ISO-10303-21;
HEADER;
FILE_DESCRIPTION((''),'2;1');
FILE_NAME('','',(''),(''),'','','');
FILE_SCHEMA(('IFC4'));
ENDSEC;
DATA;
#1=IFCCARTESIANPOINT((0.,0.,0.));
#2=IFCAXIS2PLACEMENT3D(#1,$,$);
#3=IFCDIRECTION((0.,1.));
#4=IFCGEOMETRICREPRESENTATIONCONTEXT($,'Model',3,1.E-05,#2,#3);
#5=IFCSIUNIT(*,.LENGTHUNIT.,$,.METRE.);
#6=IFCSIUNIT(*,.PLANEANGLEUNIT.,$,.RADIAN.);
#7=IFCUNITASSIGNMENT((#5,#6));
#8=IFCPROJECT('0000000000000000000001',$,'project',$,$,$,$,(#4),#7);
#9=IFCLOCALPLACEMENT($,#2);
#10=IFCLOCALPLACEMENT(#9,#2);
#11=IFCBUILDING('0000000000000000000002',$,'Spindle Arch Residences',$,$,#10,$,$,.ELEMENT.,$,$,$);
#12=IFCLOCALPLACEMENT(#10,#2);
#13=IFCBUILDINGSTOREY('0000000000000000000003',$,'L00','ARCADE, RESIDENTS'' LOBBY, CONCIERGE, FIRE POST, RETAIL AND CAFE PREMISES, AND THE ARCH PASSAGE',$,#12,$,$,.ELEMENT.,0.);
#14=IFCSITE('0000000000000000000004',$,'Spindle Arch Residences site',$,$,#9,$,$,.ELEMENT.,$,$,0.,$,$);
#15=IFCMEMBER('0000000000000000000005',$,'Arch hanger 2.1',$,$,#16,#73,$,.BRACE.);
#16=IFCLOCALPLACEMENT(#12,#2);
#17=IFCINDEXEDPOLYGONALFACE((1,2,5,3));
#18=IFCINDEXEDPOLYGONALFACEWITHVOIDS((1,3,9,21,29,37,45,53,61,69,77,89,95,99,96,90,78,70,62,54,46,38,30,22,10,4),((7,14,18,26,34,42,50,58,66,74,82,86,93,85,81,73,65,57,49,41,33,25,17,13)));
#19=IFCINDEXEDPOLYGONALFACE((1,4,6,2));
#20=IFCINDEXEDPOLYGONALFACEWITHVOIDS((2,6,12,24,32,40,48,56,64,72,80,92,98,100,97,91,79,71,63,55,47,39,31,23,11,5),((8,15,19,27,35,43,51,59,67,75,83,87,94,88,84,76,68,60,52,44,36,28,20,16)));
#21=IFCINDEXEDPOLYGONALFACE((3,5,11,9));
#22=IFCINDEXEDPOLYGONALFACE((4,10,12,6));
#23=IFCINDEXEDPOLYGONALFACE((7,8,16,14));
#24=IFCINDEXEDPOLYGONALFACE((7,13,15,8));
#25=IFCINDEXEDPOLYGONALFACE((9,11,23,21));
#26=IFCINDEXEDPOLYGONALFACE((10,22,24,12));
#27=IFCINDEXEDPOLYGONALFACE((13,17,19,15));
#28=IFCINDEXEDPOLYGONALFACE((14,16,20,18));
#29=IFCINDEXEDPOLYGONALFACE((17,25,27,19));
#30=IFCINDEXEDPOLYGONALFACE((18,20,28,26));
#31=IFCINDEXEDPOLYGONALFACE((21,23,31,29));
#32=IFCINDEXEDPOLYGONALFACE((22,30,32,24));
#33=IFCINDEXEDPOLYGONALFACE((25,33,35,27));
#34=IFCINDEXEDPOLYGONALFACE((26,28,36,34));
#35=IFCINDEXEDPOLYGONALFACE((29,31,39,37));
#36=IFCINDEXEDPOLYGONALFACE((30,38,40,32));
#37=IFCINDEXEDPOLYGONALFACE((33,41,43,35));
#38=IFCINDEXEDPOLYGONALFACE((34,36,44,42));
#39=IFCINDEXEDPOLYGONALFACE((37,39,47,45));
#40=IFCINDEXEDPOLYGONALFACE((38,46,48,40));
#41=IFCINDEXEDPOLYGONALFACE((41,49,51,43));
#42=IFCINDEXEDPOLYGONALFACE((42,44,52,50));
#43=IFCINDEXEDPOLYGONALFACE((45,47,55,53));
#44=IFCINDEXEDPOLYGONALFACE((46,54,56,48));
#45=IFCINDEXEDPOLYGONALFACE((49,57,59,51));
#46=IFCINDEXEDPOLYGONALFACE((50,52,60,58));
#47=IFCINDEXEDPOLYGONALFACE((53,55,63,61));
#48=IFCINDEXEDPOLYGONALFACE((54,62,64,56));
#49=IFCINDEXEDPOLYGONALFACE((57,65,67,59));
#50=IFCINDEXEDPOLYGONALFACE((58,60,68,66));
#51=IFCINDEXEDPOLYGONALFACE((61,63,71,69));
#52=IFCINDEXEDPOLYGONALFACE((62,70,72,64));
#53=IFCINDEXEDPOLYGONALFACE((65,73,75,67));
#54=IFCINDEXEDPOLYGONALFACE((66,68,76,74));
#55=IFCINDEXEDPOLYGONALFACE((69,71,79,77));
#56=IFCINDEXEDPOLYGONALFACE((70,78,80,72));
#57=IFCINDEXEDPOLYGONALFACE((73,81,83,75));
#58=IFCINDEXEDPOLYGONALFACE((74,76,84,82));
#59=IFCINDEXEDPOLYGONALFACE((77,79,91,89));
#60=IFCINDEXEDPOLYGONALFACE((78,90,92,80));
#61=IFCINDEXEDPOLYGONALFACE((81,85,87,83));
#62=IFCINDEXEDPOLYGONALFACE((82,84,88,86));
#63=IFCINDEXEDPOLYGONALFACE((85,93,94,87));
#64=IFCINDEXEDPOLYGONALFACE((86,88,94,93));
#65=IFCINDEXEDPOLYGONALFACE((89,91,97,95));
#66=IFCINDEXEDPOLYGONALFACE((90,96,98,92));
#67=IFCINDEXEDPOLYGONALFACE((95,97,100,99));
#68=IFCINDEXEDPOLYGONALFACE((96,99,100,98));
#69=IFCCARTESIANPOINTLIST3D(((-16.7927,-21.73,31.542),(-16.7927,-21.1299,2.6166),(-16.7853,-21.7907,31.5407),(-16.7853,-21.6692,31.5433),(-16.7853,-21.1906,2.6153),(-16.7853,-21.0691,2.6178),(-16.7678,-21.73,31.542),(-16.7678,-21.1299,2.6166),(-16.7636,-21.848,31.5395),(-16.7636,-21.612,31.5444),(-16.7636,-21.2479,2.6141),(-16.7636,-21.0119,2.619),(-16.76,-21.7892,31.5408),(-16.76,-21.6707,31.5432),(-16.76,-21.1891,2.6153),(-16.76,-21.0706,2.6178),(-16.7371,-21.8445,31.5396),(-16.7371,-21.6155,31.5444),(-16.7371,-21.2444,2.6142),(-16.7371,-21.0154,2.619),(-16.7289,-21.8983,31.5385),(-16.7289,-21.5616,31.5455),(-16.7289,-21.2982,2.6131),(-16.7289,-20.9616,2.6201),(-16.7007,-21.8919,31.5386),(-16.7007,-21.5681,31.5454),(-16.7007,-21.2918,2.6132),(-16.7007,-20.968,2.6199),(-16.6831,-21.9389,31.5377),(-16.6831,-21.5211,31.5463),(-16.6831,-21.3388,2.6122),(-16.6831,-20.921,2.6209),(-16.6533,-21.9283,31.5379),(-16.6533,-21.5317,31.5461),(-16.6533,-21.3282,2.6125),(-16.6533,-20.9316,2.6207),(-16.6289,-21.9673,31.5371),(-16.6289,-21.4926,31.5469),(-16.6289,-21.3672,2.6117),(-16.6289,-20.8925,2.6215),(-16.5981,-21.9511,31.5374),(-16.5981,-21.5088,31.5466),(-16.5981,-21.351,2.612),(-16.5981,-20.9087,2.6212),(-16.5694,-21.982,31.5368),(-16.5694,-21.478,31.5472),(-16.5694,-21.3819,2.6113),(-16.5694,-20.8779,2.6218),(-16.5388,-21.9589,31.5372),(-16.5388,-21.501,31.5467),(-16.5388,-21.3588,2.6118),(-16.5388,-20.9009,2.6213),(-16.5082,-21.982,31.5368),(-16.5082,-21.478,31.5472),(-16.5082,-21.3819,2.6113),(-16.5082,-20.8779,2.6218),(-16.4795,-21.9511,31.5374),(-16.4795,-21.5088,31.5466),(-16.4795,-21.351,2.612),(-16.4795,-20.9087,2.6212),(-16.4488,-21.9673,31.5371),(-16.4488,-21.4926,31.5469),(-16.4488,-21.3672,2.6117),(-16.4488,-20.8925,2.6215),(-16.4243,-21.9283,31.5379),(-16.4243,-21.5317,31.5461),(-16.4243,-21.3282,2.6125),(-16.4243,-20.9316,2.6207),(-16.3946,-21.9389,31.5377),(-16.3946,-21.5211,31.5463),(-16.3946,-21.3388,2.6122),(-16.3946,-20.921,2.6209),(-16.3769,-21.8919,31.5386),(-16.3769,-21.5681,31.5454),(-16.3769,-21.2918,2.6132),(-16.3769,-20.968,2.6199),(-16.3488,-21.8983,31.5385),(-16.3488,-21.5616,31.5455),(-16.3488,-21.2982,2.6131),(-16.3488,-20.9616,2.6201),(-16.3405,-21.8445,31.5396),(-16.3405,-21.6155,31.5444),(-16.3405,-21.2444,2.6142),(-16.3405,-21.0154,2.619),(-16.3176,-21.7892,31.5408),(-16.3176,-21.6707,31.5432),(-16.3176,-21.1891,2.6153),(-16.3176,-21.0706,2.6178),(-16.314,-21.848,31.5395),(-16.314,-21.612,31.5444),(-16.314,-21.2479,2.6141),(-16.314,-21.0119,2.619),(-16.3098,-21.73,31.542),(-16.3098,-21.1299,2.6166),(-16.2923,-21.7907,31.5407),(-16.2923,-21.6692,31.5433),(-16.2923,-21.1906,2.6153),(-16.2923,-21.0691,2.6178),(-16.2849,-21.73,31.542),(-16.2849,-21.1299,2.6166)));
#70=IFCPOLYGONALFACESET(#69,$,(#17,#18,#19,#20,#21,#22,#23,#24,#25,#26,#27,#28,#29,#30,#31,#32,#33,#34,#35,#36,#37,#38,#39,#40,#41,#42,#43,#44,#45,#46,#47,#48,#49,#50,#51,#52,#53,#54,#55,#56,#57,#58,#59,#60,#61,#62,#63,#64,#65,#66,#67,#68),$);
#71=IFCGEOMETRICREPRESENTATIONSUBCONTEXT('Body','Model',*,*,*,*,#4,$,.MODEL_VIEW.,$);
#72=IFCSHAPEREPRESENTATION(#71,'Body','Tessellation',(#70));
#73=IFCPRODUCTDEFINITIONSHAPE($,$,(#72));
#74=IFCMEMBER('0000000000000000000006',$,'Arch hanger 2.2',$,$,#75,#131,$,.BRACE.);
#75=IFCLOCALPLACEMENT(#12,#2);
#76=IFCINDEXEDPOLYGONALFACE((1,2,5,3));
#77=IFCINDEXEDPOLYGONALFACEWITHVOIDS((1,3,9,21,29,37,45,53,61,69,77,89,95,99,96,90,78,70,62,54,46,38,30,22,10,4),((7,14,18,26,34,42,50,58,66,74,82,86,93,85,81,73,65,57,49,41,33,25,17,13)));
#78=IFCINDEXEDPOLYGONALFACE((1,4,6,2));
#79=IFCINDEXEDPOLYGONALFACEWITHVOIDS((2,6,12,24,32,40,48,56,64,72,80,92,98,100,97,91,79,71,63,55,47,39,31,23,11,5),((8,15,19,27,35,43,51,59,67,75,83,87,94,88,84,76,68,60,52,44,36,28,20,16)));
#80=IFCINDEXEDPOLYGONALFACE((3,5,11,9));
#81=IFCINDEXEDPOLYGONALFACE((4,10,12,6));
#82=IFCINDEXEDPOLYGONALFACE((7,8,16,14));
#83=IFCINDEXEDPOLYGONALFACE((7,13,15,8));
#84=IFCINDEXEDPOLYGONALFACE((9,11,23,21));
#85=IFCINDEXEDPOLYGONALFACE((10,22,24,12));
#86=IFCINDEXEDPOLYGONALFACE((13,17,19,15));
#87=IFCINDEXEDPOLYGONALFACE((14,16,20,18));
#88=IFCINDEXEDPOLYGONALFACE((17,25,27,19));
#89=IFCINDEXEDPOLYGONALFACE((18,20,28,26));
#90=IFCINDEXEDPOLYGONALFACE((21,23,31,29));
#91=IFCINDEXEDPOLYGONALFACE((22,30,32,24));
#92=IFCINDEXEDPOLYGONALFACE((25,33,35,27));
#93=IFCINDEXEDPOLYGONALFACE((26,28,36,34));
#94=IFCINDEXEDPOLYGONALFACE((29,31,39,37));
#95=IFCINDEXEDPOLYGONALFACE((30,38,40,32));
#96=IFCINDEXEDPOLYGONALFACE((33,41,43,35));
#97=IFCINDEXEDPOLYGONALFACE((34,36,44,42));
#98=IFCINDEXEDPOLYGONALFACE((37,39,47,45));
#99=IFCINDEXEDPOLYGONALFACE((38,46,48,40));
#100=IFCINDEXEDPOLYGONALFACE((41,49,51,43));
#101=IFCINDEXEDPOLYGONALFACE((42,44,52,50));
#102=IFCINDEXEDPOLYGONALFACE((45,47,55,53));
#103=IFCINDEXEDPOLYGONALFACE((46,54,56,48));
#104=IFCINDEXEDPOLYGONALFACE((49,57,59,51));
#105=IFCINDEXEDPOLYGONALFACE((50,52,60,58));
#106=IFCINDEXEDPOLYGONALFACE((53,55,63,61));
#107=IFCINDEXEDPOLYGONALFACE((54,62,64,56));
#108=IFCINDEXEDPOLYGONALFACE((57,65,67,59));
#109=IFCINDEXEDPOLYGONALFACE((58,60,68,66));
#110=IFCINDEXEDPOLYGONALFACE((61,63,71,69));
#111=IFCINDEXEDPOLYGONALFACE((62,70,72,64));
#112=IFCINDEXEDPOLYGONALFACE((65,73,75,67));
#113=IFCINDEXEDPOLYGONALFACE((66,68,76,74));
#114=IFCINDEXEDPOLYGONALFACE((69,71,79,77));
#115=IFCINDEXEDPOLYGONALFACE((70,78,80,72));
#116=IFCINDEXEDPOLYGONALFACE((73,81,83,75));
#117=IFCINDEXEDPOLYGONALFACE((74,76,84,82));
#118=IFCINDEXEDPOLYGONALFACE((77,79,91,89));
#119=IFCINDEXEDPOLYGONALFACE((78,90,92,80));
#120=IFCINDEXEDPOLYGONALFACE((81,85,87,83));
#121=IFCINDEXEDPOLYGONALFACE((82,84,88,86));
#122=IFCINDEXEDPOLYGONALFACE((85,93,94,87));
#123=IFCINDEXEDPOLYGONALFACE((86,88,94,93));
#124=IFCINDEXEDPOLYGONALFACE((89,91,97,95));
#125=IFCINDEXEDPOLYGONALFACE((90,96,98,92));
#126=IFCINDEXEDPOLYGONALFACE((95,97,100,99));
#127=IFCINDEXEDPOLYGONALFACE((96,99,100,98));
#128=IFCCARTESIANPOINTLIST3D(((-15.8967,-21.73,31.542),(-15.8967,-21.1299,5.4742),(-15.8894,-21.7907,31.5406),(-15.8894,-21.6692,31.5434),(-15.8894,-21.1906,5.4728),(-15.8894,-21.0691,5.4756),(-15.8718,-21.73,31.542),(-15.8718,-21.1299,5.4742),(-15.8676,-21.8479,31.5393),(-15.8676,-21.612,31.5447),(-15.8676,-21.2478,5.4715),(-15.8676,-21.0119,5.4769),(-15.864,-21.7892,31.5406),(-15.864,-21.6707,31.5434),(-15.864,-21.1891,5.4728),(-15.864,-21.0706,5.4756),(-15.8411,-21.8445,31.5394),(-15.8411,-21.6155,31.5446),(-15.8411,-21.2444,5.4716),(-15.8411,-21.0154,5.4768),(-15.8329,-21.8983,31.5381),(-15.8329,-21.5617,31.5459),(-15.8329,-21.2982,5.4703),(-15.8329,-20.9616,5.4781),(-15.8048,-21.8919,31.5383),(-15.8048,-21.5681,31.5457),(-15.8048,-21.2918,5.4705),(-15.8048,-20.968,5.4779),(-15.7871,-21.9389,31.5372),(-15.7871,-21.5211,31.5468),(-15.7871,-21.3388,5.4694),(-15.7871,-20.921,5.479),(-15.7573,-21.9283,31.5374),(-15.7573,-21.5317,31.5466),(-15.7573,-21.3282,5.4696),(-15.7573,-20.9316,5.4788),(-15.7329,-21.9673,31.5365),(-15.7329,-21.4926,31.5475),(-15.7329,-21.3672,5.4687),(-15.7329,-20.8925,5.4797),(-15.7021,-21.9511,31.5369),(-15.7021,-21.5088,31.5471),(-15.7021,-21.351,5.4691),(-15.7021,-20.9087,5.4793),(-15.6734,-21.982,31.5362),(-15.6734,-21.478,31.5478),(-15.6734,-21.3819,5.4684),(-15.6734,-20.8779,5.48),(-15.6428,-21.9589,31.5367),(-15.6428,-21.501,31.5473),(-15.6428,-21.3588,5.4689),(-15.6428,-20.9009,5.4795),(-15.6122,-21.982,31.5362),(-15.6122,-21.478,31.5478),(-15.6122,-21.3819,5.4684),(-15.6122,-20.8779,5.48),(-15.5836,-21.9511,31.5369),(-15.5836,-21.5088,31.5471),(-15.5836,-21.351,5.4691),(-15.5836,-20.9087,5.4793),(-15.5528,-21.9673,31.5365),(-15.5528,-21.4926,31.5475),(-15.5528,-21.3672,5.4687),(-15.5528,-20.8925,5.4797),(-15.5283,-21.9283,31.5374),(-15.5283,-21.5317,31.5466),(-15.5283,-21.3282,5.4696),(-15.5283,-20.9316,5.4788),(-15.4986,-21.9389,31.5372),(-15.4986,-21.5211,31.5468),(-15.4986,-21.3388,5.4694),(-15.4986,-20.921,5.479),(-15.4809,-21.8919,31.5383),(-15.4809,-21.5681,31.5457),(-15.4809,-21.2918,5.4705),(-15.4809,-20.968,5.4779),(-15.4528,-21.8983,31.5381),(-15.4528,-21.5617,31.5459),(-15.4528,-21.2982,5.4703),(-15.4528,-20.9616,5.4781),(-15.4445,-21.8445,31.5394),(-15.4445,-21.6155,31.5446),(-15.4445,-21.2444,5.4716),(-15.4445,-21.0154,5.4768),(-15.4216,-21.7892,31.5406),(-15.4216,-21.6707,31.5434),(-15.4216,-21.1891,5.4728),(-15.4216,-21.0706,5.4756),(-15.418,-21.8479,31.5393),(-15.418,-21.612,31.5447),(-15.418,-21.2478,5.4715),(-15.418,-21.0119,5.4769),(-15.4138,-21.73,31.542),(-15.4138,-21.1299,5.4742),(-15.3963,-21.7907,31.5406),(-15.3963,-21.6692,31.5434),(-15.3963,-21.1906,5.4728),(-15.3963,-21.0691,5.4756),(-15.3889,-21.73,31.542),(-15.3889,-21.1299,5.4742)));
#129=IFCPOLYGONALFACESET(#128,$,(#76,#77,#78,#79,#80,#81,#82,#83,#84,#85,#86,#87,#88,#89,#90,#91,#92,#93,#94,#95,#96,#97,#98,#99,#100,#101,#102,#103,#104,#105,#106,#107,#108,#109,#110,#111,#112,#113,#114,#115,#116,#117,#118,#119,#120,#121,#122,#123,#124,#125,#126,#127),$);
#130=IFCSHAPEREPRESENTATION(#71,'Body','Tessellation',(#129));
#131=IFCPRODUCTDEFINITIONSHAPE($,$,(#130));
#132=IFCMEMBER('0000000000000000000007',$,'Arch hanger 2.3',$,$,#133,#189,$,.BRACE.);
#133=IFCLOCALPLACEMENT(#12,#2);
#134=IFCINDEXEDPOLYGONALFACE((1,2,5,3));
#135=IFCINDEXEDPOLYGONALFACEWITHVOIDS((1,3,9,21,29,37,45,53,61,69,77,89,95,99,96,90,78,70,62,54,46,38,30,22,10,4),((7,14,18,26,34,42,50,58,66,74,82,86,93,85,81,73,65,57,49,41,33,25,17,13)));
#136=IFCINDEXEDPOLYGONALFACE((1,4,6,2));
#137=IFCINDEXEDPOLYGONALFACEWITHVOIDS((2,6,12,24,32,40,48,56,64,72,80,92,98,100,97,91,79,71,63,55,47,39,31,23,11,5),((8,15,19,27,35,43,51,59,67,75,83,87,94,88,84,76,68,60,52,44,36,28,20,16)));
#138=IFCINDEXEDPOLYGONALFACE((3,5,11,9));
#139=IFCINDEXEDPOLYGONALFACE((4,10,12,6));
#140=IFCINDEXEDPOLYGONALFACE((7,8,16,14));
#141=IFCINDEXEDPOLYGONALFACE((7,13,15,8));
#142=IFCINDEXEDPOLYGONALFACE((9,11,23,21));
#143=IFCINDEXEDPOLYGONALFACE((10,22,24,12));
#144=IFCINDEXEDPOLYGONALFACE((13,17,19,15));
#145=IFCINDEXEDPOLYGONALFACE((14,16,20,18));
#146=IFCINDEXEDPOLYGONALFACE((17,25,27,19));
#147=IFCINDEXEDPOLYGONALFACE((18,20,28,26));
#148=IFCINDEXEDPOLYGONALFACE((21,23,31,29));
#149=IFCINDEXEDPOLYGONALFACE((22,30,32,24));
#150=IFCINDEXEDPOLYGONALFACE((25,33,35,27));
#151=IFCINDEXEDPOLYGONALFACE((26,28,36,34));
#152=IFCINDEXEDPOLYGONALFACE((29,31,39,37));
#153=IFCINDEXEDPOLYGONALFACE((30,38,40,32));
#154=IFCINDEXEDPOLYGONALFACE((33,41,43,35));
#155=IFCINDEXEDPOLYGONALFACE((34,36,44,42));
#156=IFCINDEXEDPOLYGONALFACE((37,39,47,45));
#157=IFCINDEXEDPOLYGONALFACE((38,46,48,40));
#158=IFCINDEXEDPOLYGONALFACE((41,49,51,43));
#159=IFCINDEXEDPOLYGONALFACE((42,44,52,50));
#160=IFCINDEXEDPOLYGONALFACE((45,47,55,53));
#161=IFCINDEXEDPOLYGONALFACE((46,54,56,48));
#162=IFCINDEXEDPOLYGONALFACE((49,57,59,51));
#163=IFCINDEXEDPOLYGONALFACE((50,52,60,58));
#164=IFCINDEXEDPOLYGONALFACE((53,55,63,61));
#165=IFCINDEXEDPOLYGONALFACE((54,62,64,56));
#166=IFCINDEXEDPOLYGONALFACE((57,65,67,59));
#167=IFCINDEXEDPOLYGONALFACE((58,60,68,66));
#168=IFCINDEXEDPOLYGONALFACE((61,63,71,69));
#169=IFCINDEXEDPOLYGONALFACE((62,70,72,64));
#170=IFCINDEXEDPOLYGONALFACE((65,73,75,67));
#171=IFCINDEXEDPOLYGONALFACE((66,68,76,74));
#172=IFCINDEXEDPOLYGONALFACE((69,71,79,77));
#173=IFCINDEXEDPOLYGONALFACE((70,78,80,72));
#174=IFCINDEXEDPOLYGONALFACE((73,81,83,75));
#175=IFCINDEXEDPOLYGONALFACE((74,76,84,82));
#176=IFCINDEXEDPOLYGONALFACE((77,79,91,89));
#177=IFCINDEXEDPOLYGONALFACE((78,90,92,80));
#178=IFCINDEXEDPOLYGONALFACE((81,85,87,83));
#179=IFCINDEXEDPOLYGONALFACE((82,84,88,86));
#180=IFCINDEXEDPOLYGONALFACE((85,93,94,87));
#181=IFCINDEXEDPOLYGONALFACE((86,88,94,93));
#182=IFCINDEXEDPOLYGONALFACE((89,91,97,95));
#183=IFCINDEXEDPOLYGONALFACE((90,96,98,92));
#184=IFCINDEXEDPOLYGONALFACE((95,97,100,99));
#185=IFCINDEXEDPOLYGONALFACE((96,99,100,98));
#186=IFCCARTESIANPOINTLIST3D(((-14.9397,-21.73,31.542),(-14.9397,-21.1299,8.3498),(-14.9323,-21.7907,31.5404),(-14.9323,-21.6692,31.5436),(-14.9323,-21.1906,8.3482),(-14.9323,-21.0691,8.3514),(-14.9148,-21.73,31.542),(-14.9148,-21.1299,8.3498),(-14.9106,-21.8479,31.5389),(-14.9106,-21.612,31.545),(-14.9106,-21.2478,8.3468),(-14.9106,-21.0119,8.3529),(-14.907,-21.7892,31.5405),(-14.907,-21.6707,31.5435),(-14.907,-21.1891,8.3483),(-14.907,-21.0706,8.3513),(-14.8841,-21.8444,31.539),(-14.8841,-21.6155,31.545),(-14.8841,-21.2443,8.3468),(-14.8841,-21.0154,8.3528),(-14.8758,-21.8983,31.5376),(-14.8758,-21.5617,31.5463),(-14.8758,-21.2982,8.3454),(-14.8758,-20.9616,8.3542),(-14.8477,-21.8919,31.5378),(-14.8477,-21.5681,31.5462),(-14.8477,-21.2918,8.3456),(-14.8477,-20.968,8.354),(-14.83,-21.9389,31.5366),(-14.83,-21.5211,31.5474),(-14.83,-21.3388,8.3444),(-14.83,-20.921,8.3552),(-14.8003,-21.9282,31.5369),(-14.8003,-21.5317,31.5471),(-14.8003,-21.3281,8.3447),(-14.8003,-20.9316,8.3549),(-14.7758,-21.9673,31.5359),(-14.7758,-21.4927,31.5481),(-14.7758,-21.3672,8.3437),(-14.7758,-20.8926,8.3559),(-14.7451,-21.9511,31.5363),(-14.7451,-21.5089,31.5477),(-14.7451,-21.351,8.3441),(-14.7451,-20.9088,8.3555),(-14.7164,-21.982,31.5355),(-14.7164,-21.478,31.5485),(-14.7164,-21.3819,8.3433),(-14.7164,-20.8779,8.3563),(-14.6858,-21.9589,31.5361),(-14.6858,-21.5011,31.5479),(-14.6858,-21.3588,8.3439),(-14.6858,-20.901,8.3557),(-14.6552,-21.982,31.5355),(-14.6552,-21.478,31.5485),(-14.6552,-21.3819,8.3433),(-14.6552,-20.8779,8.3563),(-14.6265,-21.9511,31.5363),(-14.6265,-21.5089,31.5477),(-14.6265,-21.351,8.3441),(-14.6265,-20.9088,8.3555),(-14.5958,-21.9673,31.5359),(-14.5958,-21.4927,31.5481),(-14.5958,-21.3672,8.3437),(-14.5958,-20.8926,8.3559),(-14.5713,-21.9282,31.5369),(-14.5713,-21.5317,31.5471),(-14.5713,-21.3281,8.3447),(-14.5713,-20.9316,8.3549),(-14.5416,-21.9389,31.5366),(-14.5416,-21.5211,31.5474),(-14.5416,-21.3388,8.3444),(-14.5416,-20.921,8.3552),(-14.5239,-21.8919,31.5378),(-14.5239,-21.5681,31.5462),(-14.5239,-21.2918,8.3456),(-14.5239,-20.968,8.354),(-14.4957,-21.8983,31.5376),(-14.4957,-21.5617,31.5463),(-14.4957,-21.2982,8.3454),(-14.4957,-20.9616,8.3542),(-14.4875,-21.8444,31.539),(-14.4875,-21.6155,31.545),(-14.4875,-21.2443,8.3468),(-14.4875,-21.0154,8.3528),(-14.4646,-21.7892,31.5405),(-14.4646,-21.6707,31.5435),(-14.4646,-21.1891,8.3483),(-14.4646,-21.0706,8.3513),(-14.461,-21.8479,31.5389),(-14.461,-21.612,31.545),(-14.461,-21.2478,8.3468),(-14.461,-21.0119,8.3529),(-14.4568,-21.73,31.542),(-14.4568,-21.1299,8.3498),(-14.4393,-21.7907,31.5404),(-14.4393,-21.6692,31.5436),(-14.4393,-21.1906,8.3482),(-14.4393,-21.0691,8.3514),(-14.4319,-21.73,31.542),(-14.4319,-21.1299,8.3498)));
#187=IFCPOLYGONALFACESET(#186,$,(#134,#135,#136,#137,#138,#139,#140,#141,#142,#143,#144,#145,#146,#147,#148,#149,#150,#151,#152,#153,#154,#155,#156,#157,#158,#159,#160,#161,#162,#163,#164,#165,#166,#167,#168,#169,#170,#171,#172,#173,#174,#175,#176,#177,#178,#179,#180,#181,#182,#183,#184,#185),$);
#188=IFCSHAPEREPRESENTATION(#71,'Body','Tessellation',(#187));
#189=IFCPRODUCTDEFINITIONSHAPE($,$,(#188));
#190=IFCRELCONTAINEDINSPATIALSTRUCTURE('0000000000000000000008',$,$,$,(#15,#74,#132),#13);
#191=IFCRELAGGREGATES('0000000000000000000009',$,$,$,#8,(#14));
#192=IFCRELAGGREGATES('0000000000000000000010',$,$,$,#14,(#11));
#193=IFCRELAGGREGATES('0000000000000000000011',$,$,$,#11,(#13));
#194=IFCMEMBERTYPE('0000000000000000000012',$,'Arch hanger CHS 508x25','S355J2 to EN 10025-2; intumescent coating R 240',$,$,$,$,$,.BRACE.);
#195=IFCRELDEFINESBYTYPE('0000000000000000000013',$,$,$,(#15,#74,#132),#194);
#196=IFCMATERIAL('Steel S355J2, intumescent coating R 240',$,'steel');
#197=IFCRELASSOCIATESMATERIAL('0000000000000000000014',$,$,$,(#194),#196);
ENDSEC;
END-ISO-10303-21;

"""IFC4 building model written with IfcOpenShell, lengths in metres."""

from ifc_helpers import new_model, si_unit, direction, frame, origin, origin_2d, place, context, subcontext, project, spatial, hollow_circle, extrude, material, material_profile, profile_set, type_object, element, save


model = new_model("IFC4")

# Units and contexts
model_context = context("Model", 3, precision=1e-05, world=origin(), true_north=direction((0.0, 1.0)))
body_context = subcontext(model_context, "Body", "Model", "MODEL_VIEW")
ifc_project = project(units=[si_unit("LENGTHUNIT", "METRE"), si_unit("PLANEANGLEUNIT", "RADIAN")], contexts=[model_context])

# Site, building, storey
site_placement = place(None, origin())
site = spatial("IfcSite", under=ifc_project, at=site_placement, Name="Spindle Arch Residences site", CompositionType="ELEMENT", RefElevation=0.0)
building_placement = place(site_placement, origin())
building = spatial("IfcBuilding", under=site, at=building_placement, Name="Spindle Arch Residences", CompositionType="ELEMENT")
storey_placement = place(building_placement, origin())
storey = spatial("IfcBuildingStorey", under=building, at=storey_placement, Name="L00", Description="ARCADE, RESIDENTS' LOBBY, CONCIERGE, FIRE POST, RETAIL AND CAFE PREMISES, AND THE ARCH PASSAGE", CompositionType="ELEMENT", Elevation=0.0)

# Members
ifc_material_1 = material(Name="Steel S355J2, intumescent coating R 240", Category="steel")
ifc_material_profile_1 = material_profile(ifc_material_1, hollow_circle(Radius=0.2539, WallThickness=0.0249, at=origin_2d()), Name="CHS 508x25")
ifc_profile_set_1 = profile_set([ifc_material_profile_1], Name="Steel S355J2, intumescent coating R 240")
member_type_1 = type_object("IfcMemberType", Name="Arch hanger CHS 508x25", Description="S355J2 to EN 10025-2; intumescent coating R 240", PredefinedType="BRACE", material=ifc_profile_set_1)
member_1_placement = place(storey_placement, frame((-16.5388, -21.73, 31.542), z_axis=(0.0, 0.020742, -0.999785), x_axis=(-1.0, 0.0, 0.0)))
element("IfcMember", 1, at=member_1_placement, inside=storey, type_object=member_type_1, Name="Arch hanger 2.1", PredefinedType="BRACE", context=body_context, shape_type="SweptSolid", body=[
    extrude(hollow_circle(Radius=0.2539, WallThickness=0.0249, at=origin_2d()), origin(), (0.0, 0.0, 1.0), 28.9316),
])
member_2_placement = place(storey_placement, frame((-15.6428, -21.73, 31.542), z_axis=(0.0, 0.023014, -0.999735), x_axis=(-1.0, 0.0, 0.0)))
element("IfcMember", 2, at=member_2_placement, inside=storey, type_object=member_type_1, Name="Arch hanger 2.2", PredefinedType="BRACE", context=body_context, shape_type="SweptSolid", body=[
    extrude(hollow_circle(Radius=0.2539, WallThickness=0.0249, at=origin_2d()), origin(), (0.0, 0.0, 1.0), 26.0747),
])
member_3_placement = place(storey_placement, frame((-14.6858, -21.73, 31.542), z_axis=(0.0, 0.025866, -0.999665), x_axis=(-1.0, 0.0, 0.0)))
element("IfcMember", 3, at=member_3_placement, inside=storey, type_object=member_type_1, Name="Arch hanger 2.3", PredefinedType="BRACE", context=body_context, shape_type="SweptSolid", body=[
    extrude(hollow_circle(Radius=0.2539, WallThickness=0.0249, at=origin_2d()), origin(), (0.0, 0.0, 1.0), 23.2),
])

save(model, "model.ifc")
